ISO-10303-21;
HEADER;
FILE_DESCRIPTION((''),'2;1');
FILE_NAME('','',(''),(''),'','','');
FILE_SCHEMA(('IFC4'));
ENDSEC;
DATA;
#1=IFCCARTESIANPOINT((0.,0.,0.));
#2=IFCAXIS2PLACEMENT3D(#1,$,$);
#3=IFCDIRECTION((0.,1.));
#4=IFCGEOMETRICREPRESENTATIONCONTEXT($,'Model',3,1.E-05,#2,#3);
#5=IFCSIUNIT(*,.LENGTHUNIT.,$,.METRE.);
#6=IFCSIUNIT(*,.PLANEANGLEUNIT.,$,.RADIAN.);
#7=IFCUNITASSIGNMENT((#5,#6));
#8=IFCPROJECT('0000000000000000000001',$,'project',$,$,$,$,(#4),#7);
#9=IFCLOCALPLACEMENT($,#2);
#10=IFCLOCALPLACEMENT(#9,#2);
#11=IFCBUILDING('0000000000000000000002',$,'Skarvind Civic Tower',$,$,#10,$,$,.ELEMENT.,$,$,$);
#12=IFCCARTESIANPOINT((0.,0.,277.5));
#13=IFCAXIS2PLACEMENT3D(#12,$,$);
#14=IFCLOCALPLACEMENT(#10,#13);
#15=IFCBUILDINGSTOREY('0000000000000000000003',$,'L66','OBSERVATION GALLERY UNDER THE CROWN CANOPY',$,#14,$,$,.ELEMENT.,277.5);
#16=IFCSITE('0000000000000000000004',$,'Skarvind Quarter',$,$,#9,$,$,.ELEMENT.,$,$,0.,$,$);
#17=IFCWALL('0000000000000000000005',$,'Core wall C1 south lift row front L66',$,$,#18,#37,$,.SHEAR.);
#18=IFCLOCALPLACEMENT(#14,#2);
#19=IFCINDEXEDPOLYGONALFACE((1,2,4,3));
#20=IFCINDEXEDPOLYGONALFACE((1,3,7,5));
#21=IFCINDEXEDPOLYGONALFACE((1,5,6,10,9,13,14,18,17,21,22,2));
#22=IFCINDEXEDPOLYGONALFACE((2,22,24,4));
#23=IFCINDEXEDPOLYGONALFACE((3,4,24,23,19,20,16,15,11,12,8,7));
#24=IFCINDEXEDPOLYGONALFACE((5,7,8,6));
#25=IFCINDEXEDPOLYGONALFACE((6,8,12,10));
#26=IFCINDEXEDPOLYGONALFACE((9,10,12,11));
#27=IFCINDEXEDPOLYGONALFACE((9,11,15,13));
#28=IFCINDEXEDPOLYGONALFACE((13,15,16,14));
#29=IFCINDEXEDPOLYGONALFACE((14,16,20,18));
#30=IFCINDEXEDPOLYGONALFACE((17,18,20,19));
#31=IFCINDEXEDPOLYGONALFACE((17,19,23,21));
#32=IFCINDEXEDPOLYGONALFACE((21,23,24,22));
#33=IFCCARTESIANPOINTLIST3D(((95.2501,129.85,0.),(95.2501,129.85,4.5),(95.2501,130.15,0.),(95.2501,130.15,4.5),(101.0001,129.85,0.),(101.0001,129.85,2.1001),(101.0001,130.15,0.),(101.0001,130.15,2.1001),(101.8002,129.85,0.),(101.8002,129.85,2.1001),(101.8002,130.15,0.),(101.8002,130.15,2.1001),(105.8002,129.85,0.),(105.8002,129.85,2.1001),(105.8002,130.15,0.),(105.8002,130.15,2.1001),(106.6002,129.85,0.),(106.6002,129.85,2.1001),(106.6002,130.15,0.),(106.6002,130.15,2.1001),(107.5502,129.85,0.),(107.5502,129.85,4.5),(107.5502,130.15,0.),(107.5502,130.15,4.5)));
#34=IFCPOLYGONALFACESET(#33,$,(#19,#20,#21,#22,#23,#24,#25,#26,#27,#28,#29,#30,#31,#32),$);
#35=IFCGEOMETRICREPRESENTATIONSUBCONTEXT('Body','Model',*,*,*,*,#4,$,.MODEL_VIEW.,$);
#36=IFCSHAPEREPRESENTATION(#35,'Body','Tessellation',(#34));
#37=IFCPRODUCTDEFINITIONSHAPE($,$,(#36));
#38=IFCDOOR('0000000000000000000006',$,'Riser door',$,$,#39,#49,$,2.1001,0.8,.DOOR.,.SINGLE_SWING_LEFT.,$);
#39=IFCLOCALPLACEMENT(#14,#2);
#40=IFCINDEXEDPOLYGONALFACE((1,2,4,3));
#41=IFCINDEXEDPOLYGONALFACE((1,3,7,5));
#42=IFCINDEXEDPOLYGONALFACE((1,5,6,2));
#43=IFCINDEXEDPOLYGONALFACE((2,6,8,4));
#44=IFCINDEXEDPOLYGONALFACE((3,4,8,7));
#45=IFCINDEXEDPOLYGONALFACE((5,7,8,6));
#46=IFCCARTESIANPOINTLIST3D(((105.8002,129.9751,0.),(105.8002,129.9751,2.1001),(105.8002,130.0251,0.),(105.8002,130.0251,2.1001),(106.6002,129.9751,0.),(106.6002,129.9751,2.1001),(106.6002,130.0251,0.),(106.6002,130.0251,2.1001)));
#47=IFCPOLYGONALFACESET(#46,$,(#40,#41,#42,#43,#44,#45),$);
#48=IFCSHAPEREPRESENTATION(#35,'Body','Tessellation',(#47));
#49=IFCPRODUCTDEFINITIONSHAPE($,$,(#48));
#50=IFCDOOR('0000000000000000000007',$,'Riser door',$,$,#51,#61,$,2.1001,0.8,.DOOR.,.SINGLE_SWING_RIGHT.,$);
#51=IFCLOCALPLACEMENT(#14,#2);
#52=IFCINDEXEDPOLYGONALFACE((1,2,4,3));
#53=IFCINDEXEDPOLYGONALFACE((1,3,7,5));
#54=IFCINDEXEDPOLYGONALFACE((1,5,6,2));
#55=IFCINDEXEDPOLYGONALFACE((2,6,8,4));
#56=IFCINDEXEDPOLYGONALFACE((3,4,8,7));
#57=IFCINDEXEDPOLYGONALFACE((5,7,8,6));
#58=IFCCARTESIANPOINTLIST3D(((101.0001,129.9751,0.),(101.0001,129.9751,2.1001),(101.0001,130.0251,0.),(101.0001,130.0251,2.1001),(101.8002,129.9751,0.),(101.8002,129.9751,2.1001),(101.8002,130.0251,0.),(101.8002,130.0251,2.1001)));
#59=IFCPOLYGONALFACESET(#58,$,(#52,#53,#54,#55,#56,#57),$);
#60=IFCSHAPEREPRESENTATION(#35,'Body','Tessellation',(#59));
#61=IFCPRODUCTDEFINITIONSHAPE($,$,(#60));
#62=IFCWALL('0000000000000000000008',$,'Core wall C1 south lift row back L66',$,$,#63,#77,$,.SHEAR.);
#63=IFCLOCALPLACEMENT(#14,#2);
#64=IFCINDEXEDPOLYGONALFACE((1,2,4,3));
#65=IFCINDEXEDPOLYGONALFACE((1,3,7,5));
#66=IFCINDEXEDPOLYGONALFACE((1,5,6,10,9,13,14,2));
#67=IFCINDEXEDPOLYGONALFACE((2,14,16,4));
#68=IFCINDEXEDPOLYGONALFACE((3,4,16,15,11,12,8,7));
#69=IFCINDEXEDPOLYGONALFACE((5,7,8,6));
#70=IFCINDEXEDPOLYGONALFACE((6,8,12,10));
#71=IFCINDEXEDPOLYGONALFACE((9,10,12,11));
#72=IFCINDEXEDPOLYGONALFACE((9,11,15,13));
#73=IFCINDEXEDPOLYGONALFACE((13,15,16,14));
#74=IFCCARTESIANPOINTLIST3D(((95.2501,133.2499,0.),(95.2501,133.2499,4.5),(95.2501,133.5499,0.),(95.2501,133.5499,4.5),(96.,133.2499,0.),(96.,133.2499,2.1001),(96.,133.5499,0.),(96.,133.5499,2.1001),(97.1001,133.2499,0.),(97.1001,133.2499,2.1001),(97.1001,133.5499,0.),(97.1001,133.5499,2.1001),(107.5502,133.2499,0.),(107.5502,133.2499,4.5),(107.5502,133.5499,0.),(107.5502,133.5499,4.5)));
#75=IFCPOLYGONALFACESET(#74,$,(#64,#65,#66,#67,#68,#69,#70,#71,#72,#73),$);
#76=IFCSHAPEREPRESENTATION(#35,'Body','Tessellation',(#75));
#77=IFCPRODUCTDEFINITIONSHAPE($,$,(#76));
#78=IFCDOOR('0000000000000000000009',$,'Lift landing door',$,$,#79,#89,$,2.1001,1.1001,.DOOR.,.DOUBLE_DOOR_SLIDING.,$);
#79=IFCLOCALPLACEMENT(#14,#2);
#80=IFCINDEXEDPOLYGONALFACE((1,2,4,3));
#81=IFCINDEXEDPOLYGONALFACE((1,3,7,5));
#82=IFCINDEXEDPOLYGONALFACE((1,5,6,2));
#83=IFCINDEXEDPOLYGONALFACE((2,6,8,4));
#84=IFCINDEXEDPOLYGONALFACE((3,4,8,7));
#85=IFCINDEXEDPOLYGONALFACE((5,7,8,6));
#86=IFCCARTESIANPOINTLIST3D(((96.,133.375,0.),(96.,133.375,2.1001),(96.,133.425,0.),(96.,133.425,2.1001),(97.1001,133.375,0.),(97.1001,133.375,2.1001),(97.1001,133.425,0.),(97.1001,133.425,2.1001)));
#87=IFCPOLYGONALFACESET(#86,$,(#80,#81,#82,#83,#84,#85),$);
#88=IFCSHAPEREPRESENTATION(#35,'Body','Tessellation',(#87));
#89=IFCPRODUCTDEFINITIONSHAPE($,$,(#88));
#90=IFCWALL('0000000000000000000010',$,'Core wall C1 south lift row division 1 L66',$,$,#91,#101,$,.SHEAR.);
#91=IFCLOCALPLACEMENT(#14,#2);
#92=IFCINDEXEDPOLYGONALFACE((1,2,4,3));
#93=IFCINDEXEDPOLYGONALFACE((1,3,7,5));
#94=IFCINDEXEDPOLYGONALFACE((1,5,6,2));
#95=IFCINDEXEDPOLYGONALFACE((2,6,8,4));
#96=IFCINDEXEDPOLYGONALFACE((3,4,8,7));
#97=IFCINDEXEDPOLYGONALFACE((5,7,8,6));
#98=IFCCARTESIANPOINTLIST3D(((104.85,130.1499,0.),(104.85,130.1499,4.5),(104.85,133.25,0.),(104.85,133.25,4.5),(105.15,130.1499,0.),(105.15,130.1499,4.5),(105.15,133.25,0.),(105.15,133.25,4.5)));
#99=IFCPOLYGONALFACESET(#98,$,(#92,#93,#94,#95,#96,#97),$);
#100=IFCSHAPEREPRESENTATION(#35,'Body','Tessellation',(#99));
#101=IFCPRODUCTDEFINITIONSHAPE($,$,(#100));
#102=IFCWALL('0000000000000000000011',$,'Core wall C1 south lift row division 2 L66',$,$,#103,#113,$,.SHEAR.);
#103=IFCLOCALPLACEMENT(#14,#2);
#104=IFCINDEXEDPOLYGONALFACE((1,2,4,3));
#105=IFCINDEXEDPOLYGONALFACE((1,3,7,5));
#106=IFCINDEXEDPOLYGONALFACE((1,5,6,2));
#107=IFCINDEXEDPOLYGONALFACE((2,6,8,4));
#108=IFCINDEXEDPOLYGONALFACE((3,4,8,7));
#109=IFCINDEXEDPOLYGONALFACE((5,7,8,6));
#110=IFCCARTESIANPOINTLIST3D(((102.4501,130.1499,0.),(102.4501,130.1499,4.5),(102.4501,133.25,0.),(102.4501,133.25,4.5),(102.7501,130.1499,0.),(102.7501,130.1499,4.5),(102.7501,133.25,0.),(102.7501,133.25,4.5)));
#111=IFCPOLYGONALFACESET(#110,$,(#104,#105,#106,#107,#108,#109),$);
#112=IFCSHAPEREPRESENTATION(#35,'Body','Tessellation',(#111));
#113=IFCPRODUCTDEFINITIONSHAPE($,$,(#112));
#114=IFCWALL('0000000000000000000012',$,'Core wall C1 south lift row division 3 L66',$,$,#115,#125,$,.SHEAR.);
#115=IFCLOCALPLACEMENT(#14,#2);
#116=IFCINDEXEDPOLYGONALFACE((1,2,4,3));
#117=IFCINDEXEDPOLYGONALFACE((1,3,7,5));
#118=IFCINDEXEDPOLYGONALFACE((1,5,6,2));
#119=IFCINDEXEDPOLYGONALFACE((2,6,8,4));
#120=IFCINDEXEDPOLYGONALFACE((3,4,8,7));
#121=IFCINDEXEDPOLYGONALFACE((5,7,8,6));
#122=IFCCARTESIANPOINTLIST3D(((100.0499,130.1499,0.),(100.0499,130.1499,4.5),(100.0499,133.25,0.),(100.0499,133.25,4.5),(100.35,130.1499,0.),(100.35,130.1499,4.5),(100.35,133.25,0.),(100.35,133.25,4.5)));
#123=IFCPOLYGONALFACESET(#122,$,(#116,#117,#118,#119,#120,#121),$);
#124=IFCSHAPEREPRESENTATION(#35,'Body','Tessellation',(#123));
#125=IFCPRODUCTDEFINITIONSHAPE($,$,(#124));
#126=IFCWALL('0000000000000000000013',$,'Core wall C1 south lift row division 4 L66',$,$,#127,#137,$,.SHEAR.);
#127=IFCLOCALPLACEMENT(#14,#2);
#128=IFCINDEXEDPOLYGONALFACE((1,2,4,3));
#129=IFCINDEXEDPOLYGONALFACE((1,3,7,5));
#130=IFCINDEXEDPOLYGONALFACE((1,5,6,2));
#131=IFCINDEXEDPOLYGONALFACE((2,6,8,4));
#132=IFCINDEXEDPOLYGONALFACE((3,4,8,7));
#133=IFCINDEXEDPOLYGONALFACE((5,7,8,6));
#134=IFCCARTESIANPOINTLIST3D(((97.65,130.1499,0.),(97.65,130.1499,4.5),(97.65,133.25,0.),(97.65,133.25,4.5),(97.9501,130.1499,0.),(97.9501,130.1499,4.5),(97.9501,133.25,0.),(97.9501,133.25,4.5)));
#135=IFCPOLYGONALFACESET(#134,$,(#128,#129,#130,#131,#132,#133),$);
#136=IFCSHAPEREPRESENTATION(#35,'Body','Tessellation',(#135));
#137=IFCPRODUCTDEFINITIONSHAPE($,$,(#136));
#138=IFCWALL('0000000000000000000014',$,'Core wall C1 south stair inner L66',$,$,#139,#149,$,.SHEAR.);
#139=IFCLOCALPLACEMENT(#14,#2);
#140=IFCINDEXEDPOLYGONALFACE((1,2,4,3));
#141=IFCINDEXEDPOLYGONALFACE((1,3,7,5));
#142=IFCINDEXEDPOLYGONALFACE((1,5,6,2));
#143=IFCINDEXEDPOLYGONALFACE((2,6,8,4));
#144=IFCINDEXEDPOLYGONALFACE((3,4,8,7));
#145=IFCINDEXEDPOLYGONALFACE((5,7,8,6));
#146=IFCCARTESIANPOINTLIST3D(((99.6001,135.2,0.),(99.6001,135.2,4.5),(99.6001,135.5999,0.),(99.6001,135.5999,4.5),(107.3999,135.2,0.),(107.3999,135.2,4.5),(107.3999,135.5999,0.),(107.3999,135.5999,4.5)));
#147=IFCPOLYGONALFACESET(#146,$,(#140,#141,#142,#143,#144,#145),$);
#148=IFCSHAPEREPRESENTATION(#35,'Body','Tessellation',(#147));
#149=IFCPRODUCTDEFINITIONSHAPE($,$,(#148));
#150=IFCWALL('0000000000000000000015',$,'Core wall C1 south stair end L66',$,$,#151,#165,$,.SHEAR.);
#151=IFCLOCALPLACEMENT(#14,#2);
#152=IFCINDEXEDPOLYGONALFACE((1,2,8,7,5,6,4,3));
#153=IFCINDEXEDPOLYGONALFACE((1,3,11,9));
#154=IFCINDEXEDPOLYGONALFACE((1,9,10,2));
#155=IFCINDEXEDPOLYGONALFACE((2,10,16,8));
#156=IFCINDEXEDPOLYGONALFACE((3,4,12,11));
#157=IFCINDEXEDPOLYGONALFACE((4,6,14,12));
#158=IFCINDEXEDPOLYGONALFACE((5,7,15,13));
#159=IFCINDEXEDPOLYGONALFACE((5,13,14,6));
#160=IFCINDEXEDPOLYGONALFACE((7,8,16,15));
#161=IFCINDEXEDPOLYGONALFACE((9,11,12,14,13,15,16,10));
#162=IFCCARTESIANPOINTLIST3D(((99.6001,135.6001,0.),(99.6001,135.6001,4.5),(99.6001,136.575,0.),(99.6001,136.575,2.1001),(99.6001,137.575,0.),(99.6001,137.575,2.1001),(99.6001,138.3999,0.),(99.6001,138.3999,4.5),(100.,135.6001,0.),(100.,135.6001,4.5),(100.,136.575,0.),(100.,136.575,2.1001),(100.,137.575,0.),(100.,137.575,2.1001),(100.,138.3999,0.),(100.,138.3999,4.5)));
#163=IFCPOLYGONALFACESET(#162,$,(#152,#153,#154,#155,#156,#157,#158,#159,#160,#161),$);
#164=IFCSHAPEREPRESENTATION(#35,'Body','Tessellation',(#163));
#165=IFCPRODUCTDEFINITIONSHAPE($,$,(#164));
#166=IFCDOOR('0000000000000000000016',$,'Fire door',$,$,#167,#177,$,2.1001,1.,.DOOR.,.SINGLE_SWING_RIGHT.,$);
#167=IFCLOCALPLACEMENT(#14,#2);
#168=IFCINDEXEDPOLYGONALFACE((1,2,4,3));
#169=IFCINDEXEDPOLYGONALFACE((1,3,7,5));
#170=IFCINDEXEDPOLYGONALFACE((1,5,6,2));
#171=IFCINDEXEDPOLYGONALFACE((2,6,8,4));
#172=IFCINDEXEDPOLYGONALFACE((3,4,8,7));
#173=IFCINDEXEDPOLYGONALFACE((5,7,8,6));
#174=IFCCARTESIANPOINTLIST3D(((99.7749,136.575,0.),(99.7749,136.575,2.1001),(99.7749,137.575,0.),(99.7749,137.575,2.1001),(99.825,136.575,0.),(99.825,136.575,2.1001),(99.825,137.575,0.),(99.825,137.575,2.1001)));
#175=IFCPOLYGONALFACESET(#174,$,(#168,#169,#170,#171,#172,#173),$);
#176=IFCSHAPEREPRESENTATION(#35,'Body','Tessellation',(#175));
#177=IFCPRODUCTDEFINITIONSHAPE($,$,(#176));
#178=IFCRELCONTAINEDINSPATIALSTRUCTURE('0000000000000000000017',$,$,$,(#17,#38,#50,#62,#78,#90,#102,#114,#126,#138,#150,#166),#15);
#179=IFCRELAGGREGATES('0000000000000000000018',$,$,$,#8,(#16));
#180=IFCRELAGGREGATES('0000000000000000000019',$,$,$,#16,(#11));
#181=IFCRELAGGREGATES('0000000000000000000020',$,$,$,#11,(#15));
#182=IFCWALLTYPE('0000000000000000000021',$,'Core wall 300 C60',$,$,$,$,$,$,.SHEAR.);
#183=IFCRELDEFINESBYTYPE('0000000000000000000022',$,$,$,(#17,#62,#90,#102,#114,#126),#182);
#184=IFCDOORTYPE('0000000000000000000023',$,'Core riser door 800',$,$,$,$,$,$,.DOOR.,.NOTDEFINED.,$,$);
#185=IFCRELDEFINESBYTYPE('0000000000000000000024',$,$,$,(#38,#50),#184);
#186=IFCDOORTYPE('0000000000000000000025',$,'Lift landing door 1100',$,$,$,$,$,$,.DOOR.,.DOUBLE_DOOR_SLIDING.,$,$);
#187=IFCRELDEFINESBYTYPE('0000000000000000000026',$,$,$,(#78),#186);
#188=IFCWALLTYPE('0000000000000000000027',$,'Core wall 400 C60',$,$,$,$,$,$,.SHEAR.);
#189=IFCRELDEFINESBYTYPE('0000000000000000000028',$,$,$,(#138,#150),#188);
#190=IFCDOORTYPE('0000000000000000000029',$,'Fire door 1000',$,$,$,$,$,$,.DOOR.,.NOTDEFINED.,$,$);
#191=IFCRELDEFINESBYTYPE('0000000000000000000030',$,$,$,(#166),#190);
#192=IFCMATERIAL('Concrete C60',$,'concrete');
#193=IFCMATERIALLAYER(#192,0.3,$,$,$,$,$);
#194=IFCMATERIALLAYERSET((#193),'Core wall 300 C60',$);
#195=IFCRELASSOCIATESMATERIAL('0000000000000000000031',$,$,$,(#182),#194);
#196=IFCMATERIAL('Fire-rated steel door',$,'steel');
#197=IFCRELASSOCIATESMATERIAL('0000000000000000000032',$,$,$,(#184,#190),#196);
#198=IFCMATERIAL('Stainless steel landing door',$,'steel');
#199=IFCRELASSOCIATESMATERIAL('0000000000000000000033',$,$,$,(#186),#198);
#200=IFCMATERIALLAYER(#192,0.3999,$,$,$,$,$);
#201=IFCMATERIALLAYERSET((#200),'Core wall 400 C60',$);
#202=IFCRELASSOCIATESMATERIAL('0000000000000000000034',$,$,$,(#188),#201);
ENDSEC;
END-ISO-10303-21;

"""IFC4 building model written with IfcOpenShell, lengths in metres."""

from ifc_helpers import new_model, si_unit, direction, frame, frame_2d, origin, place, context, subcontext, project, spatial, rectangle, extrude, material, layer, layer_set, type_object, element, fill, save


model = new_model("IFC4")

# Units and contexts
model_context = context("Model", 3, precision=1e-05, world=origin(), true_north=direction((0.0, 1.0)))
body_context = subcontext(model_context, "Body", "Model", "MODEL_VIEW")
ifc_project = project(units=[si_unit("LENGTHUNIT", "METRE"), si_unit("PLANEANGLEUNIT", "RADIAN")], contexts=[model_context])

# Site, building, storey
site_placement = place(None, origin())
site = spatial("IfcSite", under=ifc_project, at=site_placement, Name="Skarvind Quarter", CompositionType="ELEMENT", RefElevation=0.0)
building_placement = place(site_placement, origin())
building = spatial("IfcBuilding", under=site, at=building_placement, Name="Skarvind Civic Tower", CompositionType="ELEMENT")
storey_placement = place(building_placement, frame((0.0, 0.0, 277.5)))
storey = spatial("IfcBuildingStorey", under=building, at=storey_placement, Name="L66", Description="OBSERVATION GALLERY UNDER THE CROWN CANOPY", CompositionType="ELEMENT", Elevation=277.5)

# Wall, openings, doors
ifc_material_1 = material(Name="Concrete C60", Category="concrete")
ifc_layer_1 = layer(ifc_material_1, 0.3)
ifc_layer_set_1 = layer_set([ifc_layer_1], Name="Core wall 300 C60")
wall_type_1 = type_object("IfcWallType", Name="Core wall 300 C60", PredefinedType="SHEAR", material=ifc_layer_set_1)
wall_1_placement = place(storey_placement, frame((107.55, 130.0, 0.0), z_axis=(0.0, 0.0, 1.0), x_axis=(-1.0, 0.0, 0.0)))
wall_1 = element("IfcWall", 1, at=wall_1_placement, inside=storey, type_object=wall_type_1, Name="Core wall C1 south lift row front L66", PredefinedType="SHEAR", context=body_context, shape_type="SweptSolid", body=[
    extrude(rectangle(XDim=12.3, YDim=0.3, at=frame_2d((6.1499, 0.0))), origin(), (0.0, 0.0, 1.0), 4.5),
])
opening_1_placement = place(wall_1_placement, frame((0.95, 0.0, 0.0)))
opening_1 = element("IfcOpeningElement", 2, at=opening_1_placement, cuts=wall_1, PredefinedType="OPENING", context=body_context, shape_type="SweptSolid", body=[
    extrude(rectangle(XDim=0.8, YDim=2.1001, at=frame_2d((0.3999, 1.05))), frame((0.0, 0.1599, 0.0), z_axis=(0.0, -1.0, 0.0), x_axis=(1.0, 0.0, 0.0)), (0.0, 0.0, 1.0), 0.3201),
])
opening_2_placement = place(wall_1_placement, frame((5.75, 0.0, 0.0)))
opening_2 = element("IfcOpeningElement", 3, at=opening_2_placement, cuts=wall_1, PredefinedType="OPENING", context=body_context, shape_type="SweptSolid", body=[
    extrude(rectangle(XDim=0.8, YDim=2.1001, at=frame_2d((0.3999, 1.05))), frame((0.0, 0.1599, 0.0), z_axis=(0.0, -1.0, 0.0), x_axis=(1.0, 0.0, 0.0)), (0.0, 0.0, 1.0), 0.3201),
])
ifc_material_2 = material(Name="Fire-rated steel door", Category="steel")
door_type_1 = type_object("IfcDoorType", Name="Core riser door 800", OperationType="NOTDEFINED", PredefinedType="DOOR", material=ifc_material_2)
door_1_placement = place(opening_1_placement, origin())
door_1 = element("IfcDoor", 4, at=door_1_placement, inside=storey, type_object=door_type_1, Name="Riser door", OperationType="SINGLE_SWING_LEFT", OverallHeight=2.1001, OverallWidth=0.8, PredefinedType="DOOR", context=body_context, shape_type="SweptSolid", body=[
    extrude(rectangle(XDim=0.8, YDim=2.1001, at=frame_2d((0.3999, 1.05))), frame((0.0, 0.0249, 0.0), z_axis=(0.0, -1.0, 0.0), x_axis=(1.0, 0.0, 0.0)), (0.0, 0.0, 1.0), 0.05),
])
fill(opening_1, door_1)
door_2_placement = place(opening_2_placement, origin())
door_2 = element("IfcDoor", 5, at=door_2_placement, inside=storey, type_object=door_type_1, Name="Riser door", OperationType="SINGLE_SWING_RIGHT", OverallHeight=2.1001, OverallWidth=0.8, PredefinedType="DOOR", context=body_context, shape_type="SweptSolid", body=[
    extrude(rectangle(XDim=0.8, YDim=2.1001, at=frame_2d((0.3999, 1.05))), frame((0.0, 0.0249, 0.0), z_axis=(0.0, -1.0, 0.0), x_axis=(1.0, 0.0, 0.0)), (0.0, 0.0, 1.0), 0.05),
])
fill(opening_2, door_2)

# Wall, opening, door
wall_2_placement = place(storey_placement, frame((107.55, 133.3999, 0.0), z_axis=(0.0, 0.0, 1.0), x_axis=(-1.0, 0.0, 0.0)))
wall_2 = element("IfcWall", 6, at=wall_2_placement, inside=storey, type_object=wall_type_1, Name="Core wall C1 south lift row back L66", PredefinedType="SHEAR", context=body_context, shape_type="SweptSolid", body=[
    extrude(rectangle(XDim=12.3, YDim=0.3, at=frame_2d((6.1499, 0.0))), origin(), (0.0, 0.0, 1.0), 4.5),
])
opening_3_placement = place(wall_2_placement, frame((10.45, 0.0, 0.0)))
opening_3 = element("IfcOpeningElement", 7, at=opening_3_placement, cuts=wall_2, PredefinedType="OPENING", context=body_context, shape_type="SweptSolid", body=[
    extrude(rectangle(XDim=1.1001, YDim=2.1001, at=frame_2d((0.55, 1.05))), frame((0.0, 0.1599, 0.0), z_axis=(0.0, -1.0, 0.0), x_axis=(1.0, 0.0, 0.0)), (0.0, 0.0, 1.0), 0.3201),
])
ifc_material_3 = material(Name="Stainless steel landing door", Category="steel")
door_type_2 = type_object("IfcDoorType", Name="Lift landing door 1100", OperationType="DOUBLE_DOOR_SLIDING", PredefinedType="DOOR", material=ifc_material_3)
door_3_placement = place(opening_3_placement, origin())
door_3 = element("IfcDoor", 8, at=door_3_placement, inside=storey, type_object=door_type_2, Name="Lift landing door", OperationType="DOUBLE_DOOR_SLIDING", OverallHeight=2.1001, OverallWidth=1.1001, PredefinedType="DOOR", context=body_context, shape_type="SweptSolid", body=[
    extrude(rectangle(XDim=1.1001, YDim=2.1001, at=frame_2d((0.55, 1.05))), frame((0.0, 0.0249, 0.0), z_axis=(0.0, -1.0, 0.0), x_axis=(1.0, 0.0, 0.0)), (0.0, 0.0, 1.0), 0.05),
])
fill(opening_3, door_3)

# Walls
for number, where, z_axis, x_axis, name in (
    (9, (105.0, 133.25, 0.0), (0.0, 0.0, 1.0), (0.0, -1.0, 0.0), "Core wall C1 south lift row division 1 L66"),
    (10, (102.6001, 133.25, 0.0), (0.0, 0.0, 1.0), (0.0, -1.0, 0.0), "Core wall C1 south lift row division 2 L66"),
    (11, (100.2, 133.25, 0.0), (0.0, 0.0, 1.0), (0.0, -1.0, 0.0), "Core wall C1 south lift row division 3 L66"),
    (12, (97.8, 133.25, 0.0), (0.0, 0.0, 1.0), (0.0, -1.0, 0.0), "Core wall C1 south lift row division 4 L66"),
):
    element("IfcWall", number, at=place(storey_placement, frame(where, z_axis=z_axis, x_axis=x_axis)), inside=storey, type_object=wall_type_1, Name=name, PredefinedType="SHEAR", context=body_context, shape_type="SweptSolid", body=[
        extrude(rectangle(XDim=3.1001, YDim=0.3, at=frame_2d((1.55, 0.0))), origin(), (0.0, 0.0, 1.0), 4.5),
    ])
ifc_layer_2 = layer(ifc_material_1, 0.3999)
ifc_layer_set_2 = layer_set([ifc_layer_2], Name="Core wall 400 C60")
wall_type_2 = type_object("IfcWallType", Name="Core wall 400 C60", PredefinedType="SHEAR", material=ifc_layer_set_2)
wall_3_placement = place(storey_placement, frame((107.3999, 135.3999, 0.0), z_axis=(0.0, 0.0, 1.0), x_axis=(-1.0, 0.0, 0.0)))
element("IfcWall", 13, at=wall_3_placement, inside=storey, type_object=wall_type_2, Name="Core wall C1 south stair inner L66", PredefinedType="SHEAR", context=body_context, shape_type="SweptSolid", body=[
    extrude(rectangle(XDim=7.7998, YDim=0.3999, at=frame_2d((3.8999, 0.0))), origin(), (0.0, 0.0, 1.0), 4.5),
])

# Wall, opening, door
wall_4_placement = place(storey_placement, frame((99.8, 138.3999, 0.0), z_axis=(0.0, 0.0, 1.0), x_axis=(0.0, -1.0, 0.0)))
wall_4 = element("IfcWall", 14, at=wall_4_placement, inside=storey, type_object=wall_type_2, Name="Core wall C1 south stair end L66", PredefinedType="SHEAR", context=body_context, shape_type="SweptSolid", body=[
    extrude(rectangle(XDim=2.7998, YDim=0.3999, at=frame_2d((1.3999, 0.0))), origin(), (0.0, 0.0, 1.0), 4.5),
])
opening_4_placement = place(wall_4_placement, frame((0.825, 0.0, 0.0)))
opening_4 = element("IfcOpeningElement", 15, at=opening_4_placement, cuts=wall_4, PredefinedType="OPENING", context=body_context, shape_type="SweptSolid", body=[
    extrude(rectangle(XDim=1.0, YDim=2.1001, at=frame_2d((0.5, 1.05))), frame((0.0, 0.21, 0.0), z_axis=(0.0, -1.0, 0.0), x_axis=(1.0, 0.0, 0.0)), (0.0, 0.0, 1.0), 0.4199),
])
door_type_3 = type_object("IfcDoorType", Name="Fire door 1000", OperationType="NOTDEFINED", PredefinedType="DOOR", material=ifc_material_2)
door_4_placement = place(opening_4_placement, origin())
door_4 = element("IfcDoor", 16, at=door_4_placement, inside=storey, type_object=door_type_3, Name="Fire door", OperationType="SINGLE_SWING_RIGHT", OverallHeight=2.1001, OverallWidth=1.0, PredefinedType="DOOR", context=body_context, shape_type="SweptSolid", body=[
    extrude(rectangle(XDim=1.0, YDim=2.1001, at=frame_2d((0.5, 1.05))), frame((0.0, 0.0249, 0.0), z_axis=(0.0, -1.0, 0.0), x_axis=(1.0, 0.0, 0.0)), (0.0, 0.0, 1.0), 0.05),
])
fill(opening_4, door_4)

save(model, "model.ifc")
